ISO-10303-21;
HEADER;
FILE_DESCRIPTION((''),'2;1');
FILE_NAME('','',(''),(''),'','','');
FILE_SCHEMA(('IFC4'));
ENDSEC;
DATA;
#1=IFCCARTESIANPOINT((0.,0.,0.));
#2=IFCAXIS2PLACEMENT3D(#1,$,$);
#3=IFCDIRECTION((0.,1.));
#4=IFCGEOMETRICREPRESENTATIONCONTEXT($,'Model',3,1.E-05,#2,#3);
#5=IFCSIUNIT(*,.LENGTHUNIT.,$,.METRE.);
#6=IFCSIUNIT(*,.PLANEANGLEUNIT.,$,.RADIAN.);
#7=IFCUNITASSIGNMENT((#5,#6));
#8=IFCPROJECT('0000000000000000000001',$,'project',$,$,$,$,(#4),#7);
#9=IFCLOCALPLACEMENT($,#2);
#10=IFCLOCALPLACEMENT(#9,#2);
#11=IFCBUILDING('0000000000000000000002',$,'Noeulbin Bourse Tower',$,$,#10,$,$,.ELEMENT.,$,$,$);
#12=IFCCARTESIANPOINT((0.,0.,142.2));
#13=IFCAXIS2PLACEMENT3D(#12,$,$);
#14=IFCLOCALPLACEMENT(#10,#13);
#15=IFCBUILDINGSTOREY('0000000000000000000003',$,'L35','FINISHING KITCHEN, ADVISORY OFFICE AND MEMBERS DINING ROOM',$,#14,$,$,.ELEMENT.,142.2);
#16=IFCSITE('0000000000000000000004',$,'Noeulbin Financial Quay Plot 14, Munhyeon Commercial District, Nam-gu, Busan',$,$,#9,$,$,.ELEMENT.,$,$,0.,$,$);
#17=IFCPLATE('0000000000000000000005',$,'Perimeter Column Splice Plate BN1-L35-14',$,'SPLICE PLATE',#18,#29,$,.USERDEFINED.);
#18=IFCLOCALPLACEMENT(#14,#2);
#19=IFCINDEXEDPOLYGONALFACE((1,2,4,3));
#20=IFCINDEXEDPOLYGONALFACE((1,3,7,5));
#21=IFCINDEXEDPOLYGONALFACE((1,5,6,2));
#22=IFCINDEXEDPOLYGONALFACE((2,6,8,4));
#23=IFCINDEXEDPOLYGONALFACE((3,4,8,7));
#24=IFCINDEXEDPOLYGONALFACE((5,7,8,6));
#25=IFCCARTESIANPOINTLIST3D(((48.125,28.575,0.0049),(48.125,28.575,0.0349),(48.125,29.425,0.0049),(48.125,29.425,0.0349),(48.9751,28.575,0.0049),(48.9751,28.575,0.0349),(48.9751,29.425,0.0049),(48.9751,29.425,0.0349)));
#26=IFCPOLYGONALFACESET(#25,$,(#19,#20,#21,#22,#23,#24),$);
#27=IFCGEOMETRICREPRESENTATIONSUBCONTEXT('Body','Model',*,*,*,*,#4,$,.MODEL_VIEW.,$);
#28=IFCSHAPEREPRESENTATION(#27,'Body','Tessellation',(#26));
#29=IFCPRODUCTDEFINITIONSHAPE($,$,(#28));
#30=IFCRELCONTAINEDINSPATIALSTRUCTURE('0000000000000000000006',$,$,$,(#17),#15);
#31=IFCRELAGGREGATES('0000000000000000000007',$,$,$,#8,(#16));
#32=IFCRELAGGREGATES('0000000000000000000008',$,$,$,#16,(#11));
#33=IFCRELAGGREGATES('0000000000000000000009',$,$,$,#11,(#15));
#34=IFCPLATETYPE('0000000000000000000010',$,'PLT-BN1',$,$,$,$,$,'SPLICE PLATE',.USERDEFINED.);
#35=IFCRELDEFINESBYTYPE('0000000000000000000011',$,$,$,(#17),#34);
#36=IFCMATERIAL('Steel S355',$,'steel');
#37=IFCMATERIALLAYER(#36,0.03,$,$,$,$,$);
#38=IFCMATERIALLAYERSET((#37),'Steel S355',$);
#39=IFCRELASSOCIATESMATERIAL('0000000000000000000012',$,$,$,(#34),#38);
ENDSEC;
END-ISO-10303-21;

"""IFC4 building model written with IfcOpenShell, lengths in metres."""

from ifc_helpers import new_model, si_unit, direction, frame, origin, origin_2d, place, context, subcontext, project, spatial, rectangle, extrude, material, layer, layer_set, type_object, element, save


model = new_model("IFC4")

# Units and contexts
model_context = context("Model", 3, precision=1e-05, world=origin(), true_north=direction((0.0, 1.0)))
body_context = subcontext(model_context, "Body", "Model", "MODEL_VIEW")
ifc_project = project(units=[si_unit("LENGTHUNIT", "METRE"), si_unit("PLANEANGLEUNIT", "RADIAN")], contexts=[model_context])

# Site, building, storey
site_placement = place(None, origin())
site = spatial("IfcSite", under=ifc_project, at=site_placement, Name="Noeulbin Financial Quay Plot 14, Munhyeon Commercial District, Nam-gu, Busan", CompositionType="ELEMENT", RefElevation=0.0)
building_placement = place(site_placement, origin())
building = spatial("IfcBuilding", under=site, at=building_placement, Name="Noeulbin Bourse Tower", CompositionType="ELEMENT")
storey_placement = place(building_placement, frame((0.0, 0.0, 142.2)))
storey = spatial("IfcBuildingStorey", under=building, at=storey_placement, Name="L35", Description="FINISHING KITCHEN, ADVISORY OFFICE AND MEMBERS DINING ROOM", CompositionType="ELEMENT", Elevation=142.2)

# Shared definitions
ifc_material_1 = material(Name="Steel S355", Category="steel")

# Plate
ifc_layer_1 = layer(ifc_material_1, 0.03)
ifc_layer_set_1 = layer_set([ifc_layer_1], Name="Steel S355")
plate_type_1 = type_object("IfcPlateType", Name="PLT-BN1", ElementType="SPLICE PLATE", PredefinedType="USERDEFINED", material=ifc_layer_set_1)
for number, where, z_axis, x_axis, name in (
    (1, (48.55, 29.0, 0.0049), (0.0, 0.0, 1.0), (1.0, 0.0, 0.0), "Perimeter Column Splice Plate BN1-L35-14"),
):
    element("IfcPlate", number, at=place(storey_placement, frame(where, z_axis=z_axis, x_axis=x_axis)), inside=storey, type_object=plate_type_1, Name=name, ObjectType="SPLICE PLATE", PredefinedType="USERDEFINED", context=body_context, shape_type="SweptSolid", body=[
        extrude(rectangle(XDim=0.8501, YDim=0.8501, at=origin_2d()), origin(), (0.0, 0.0, 1.0), 0.03),
    ])

save(model, "model.ifc")
